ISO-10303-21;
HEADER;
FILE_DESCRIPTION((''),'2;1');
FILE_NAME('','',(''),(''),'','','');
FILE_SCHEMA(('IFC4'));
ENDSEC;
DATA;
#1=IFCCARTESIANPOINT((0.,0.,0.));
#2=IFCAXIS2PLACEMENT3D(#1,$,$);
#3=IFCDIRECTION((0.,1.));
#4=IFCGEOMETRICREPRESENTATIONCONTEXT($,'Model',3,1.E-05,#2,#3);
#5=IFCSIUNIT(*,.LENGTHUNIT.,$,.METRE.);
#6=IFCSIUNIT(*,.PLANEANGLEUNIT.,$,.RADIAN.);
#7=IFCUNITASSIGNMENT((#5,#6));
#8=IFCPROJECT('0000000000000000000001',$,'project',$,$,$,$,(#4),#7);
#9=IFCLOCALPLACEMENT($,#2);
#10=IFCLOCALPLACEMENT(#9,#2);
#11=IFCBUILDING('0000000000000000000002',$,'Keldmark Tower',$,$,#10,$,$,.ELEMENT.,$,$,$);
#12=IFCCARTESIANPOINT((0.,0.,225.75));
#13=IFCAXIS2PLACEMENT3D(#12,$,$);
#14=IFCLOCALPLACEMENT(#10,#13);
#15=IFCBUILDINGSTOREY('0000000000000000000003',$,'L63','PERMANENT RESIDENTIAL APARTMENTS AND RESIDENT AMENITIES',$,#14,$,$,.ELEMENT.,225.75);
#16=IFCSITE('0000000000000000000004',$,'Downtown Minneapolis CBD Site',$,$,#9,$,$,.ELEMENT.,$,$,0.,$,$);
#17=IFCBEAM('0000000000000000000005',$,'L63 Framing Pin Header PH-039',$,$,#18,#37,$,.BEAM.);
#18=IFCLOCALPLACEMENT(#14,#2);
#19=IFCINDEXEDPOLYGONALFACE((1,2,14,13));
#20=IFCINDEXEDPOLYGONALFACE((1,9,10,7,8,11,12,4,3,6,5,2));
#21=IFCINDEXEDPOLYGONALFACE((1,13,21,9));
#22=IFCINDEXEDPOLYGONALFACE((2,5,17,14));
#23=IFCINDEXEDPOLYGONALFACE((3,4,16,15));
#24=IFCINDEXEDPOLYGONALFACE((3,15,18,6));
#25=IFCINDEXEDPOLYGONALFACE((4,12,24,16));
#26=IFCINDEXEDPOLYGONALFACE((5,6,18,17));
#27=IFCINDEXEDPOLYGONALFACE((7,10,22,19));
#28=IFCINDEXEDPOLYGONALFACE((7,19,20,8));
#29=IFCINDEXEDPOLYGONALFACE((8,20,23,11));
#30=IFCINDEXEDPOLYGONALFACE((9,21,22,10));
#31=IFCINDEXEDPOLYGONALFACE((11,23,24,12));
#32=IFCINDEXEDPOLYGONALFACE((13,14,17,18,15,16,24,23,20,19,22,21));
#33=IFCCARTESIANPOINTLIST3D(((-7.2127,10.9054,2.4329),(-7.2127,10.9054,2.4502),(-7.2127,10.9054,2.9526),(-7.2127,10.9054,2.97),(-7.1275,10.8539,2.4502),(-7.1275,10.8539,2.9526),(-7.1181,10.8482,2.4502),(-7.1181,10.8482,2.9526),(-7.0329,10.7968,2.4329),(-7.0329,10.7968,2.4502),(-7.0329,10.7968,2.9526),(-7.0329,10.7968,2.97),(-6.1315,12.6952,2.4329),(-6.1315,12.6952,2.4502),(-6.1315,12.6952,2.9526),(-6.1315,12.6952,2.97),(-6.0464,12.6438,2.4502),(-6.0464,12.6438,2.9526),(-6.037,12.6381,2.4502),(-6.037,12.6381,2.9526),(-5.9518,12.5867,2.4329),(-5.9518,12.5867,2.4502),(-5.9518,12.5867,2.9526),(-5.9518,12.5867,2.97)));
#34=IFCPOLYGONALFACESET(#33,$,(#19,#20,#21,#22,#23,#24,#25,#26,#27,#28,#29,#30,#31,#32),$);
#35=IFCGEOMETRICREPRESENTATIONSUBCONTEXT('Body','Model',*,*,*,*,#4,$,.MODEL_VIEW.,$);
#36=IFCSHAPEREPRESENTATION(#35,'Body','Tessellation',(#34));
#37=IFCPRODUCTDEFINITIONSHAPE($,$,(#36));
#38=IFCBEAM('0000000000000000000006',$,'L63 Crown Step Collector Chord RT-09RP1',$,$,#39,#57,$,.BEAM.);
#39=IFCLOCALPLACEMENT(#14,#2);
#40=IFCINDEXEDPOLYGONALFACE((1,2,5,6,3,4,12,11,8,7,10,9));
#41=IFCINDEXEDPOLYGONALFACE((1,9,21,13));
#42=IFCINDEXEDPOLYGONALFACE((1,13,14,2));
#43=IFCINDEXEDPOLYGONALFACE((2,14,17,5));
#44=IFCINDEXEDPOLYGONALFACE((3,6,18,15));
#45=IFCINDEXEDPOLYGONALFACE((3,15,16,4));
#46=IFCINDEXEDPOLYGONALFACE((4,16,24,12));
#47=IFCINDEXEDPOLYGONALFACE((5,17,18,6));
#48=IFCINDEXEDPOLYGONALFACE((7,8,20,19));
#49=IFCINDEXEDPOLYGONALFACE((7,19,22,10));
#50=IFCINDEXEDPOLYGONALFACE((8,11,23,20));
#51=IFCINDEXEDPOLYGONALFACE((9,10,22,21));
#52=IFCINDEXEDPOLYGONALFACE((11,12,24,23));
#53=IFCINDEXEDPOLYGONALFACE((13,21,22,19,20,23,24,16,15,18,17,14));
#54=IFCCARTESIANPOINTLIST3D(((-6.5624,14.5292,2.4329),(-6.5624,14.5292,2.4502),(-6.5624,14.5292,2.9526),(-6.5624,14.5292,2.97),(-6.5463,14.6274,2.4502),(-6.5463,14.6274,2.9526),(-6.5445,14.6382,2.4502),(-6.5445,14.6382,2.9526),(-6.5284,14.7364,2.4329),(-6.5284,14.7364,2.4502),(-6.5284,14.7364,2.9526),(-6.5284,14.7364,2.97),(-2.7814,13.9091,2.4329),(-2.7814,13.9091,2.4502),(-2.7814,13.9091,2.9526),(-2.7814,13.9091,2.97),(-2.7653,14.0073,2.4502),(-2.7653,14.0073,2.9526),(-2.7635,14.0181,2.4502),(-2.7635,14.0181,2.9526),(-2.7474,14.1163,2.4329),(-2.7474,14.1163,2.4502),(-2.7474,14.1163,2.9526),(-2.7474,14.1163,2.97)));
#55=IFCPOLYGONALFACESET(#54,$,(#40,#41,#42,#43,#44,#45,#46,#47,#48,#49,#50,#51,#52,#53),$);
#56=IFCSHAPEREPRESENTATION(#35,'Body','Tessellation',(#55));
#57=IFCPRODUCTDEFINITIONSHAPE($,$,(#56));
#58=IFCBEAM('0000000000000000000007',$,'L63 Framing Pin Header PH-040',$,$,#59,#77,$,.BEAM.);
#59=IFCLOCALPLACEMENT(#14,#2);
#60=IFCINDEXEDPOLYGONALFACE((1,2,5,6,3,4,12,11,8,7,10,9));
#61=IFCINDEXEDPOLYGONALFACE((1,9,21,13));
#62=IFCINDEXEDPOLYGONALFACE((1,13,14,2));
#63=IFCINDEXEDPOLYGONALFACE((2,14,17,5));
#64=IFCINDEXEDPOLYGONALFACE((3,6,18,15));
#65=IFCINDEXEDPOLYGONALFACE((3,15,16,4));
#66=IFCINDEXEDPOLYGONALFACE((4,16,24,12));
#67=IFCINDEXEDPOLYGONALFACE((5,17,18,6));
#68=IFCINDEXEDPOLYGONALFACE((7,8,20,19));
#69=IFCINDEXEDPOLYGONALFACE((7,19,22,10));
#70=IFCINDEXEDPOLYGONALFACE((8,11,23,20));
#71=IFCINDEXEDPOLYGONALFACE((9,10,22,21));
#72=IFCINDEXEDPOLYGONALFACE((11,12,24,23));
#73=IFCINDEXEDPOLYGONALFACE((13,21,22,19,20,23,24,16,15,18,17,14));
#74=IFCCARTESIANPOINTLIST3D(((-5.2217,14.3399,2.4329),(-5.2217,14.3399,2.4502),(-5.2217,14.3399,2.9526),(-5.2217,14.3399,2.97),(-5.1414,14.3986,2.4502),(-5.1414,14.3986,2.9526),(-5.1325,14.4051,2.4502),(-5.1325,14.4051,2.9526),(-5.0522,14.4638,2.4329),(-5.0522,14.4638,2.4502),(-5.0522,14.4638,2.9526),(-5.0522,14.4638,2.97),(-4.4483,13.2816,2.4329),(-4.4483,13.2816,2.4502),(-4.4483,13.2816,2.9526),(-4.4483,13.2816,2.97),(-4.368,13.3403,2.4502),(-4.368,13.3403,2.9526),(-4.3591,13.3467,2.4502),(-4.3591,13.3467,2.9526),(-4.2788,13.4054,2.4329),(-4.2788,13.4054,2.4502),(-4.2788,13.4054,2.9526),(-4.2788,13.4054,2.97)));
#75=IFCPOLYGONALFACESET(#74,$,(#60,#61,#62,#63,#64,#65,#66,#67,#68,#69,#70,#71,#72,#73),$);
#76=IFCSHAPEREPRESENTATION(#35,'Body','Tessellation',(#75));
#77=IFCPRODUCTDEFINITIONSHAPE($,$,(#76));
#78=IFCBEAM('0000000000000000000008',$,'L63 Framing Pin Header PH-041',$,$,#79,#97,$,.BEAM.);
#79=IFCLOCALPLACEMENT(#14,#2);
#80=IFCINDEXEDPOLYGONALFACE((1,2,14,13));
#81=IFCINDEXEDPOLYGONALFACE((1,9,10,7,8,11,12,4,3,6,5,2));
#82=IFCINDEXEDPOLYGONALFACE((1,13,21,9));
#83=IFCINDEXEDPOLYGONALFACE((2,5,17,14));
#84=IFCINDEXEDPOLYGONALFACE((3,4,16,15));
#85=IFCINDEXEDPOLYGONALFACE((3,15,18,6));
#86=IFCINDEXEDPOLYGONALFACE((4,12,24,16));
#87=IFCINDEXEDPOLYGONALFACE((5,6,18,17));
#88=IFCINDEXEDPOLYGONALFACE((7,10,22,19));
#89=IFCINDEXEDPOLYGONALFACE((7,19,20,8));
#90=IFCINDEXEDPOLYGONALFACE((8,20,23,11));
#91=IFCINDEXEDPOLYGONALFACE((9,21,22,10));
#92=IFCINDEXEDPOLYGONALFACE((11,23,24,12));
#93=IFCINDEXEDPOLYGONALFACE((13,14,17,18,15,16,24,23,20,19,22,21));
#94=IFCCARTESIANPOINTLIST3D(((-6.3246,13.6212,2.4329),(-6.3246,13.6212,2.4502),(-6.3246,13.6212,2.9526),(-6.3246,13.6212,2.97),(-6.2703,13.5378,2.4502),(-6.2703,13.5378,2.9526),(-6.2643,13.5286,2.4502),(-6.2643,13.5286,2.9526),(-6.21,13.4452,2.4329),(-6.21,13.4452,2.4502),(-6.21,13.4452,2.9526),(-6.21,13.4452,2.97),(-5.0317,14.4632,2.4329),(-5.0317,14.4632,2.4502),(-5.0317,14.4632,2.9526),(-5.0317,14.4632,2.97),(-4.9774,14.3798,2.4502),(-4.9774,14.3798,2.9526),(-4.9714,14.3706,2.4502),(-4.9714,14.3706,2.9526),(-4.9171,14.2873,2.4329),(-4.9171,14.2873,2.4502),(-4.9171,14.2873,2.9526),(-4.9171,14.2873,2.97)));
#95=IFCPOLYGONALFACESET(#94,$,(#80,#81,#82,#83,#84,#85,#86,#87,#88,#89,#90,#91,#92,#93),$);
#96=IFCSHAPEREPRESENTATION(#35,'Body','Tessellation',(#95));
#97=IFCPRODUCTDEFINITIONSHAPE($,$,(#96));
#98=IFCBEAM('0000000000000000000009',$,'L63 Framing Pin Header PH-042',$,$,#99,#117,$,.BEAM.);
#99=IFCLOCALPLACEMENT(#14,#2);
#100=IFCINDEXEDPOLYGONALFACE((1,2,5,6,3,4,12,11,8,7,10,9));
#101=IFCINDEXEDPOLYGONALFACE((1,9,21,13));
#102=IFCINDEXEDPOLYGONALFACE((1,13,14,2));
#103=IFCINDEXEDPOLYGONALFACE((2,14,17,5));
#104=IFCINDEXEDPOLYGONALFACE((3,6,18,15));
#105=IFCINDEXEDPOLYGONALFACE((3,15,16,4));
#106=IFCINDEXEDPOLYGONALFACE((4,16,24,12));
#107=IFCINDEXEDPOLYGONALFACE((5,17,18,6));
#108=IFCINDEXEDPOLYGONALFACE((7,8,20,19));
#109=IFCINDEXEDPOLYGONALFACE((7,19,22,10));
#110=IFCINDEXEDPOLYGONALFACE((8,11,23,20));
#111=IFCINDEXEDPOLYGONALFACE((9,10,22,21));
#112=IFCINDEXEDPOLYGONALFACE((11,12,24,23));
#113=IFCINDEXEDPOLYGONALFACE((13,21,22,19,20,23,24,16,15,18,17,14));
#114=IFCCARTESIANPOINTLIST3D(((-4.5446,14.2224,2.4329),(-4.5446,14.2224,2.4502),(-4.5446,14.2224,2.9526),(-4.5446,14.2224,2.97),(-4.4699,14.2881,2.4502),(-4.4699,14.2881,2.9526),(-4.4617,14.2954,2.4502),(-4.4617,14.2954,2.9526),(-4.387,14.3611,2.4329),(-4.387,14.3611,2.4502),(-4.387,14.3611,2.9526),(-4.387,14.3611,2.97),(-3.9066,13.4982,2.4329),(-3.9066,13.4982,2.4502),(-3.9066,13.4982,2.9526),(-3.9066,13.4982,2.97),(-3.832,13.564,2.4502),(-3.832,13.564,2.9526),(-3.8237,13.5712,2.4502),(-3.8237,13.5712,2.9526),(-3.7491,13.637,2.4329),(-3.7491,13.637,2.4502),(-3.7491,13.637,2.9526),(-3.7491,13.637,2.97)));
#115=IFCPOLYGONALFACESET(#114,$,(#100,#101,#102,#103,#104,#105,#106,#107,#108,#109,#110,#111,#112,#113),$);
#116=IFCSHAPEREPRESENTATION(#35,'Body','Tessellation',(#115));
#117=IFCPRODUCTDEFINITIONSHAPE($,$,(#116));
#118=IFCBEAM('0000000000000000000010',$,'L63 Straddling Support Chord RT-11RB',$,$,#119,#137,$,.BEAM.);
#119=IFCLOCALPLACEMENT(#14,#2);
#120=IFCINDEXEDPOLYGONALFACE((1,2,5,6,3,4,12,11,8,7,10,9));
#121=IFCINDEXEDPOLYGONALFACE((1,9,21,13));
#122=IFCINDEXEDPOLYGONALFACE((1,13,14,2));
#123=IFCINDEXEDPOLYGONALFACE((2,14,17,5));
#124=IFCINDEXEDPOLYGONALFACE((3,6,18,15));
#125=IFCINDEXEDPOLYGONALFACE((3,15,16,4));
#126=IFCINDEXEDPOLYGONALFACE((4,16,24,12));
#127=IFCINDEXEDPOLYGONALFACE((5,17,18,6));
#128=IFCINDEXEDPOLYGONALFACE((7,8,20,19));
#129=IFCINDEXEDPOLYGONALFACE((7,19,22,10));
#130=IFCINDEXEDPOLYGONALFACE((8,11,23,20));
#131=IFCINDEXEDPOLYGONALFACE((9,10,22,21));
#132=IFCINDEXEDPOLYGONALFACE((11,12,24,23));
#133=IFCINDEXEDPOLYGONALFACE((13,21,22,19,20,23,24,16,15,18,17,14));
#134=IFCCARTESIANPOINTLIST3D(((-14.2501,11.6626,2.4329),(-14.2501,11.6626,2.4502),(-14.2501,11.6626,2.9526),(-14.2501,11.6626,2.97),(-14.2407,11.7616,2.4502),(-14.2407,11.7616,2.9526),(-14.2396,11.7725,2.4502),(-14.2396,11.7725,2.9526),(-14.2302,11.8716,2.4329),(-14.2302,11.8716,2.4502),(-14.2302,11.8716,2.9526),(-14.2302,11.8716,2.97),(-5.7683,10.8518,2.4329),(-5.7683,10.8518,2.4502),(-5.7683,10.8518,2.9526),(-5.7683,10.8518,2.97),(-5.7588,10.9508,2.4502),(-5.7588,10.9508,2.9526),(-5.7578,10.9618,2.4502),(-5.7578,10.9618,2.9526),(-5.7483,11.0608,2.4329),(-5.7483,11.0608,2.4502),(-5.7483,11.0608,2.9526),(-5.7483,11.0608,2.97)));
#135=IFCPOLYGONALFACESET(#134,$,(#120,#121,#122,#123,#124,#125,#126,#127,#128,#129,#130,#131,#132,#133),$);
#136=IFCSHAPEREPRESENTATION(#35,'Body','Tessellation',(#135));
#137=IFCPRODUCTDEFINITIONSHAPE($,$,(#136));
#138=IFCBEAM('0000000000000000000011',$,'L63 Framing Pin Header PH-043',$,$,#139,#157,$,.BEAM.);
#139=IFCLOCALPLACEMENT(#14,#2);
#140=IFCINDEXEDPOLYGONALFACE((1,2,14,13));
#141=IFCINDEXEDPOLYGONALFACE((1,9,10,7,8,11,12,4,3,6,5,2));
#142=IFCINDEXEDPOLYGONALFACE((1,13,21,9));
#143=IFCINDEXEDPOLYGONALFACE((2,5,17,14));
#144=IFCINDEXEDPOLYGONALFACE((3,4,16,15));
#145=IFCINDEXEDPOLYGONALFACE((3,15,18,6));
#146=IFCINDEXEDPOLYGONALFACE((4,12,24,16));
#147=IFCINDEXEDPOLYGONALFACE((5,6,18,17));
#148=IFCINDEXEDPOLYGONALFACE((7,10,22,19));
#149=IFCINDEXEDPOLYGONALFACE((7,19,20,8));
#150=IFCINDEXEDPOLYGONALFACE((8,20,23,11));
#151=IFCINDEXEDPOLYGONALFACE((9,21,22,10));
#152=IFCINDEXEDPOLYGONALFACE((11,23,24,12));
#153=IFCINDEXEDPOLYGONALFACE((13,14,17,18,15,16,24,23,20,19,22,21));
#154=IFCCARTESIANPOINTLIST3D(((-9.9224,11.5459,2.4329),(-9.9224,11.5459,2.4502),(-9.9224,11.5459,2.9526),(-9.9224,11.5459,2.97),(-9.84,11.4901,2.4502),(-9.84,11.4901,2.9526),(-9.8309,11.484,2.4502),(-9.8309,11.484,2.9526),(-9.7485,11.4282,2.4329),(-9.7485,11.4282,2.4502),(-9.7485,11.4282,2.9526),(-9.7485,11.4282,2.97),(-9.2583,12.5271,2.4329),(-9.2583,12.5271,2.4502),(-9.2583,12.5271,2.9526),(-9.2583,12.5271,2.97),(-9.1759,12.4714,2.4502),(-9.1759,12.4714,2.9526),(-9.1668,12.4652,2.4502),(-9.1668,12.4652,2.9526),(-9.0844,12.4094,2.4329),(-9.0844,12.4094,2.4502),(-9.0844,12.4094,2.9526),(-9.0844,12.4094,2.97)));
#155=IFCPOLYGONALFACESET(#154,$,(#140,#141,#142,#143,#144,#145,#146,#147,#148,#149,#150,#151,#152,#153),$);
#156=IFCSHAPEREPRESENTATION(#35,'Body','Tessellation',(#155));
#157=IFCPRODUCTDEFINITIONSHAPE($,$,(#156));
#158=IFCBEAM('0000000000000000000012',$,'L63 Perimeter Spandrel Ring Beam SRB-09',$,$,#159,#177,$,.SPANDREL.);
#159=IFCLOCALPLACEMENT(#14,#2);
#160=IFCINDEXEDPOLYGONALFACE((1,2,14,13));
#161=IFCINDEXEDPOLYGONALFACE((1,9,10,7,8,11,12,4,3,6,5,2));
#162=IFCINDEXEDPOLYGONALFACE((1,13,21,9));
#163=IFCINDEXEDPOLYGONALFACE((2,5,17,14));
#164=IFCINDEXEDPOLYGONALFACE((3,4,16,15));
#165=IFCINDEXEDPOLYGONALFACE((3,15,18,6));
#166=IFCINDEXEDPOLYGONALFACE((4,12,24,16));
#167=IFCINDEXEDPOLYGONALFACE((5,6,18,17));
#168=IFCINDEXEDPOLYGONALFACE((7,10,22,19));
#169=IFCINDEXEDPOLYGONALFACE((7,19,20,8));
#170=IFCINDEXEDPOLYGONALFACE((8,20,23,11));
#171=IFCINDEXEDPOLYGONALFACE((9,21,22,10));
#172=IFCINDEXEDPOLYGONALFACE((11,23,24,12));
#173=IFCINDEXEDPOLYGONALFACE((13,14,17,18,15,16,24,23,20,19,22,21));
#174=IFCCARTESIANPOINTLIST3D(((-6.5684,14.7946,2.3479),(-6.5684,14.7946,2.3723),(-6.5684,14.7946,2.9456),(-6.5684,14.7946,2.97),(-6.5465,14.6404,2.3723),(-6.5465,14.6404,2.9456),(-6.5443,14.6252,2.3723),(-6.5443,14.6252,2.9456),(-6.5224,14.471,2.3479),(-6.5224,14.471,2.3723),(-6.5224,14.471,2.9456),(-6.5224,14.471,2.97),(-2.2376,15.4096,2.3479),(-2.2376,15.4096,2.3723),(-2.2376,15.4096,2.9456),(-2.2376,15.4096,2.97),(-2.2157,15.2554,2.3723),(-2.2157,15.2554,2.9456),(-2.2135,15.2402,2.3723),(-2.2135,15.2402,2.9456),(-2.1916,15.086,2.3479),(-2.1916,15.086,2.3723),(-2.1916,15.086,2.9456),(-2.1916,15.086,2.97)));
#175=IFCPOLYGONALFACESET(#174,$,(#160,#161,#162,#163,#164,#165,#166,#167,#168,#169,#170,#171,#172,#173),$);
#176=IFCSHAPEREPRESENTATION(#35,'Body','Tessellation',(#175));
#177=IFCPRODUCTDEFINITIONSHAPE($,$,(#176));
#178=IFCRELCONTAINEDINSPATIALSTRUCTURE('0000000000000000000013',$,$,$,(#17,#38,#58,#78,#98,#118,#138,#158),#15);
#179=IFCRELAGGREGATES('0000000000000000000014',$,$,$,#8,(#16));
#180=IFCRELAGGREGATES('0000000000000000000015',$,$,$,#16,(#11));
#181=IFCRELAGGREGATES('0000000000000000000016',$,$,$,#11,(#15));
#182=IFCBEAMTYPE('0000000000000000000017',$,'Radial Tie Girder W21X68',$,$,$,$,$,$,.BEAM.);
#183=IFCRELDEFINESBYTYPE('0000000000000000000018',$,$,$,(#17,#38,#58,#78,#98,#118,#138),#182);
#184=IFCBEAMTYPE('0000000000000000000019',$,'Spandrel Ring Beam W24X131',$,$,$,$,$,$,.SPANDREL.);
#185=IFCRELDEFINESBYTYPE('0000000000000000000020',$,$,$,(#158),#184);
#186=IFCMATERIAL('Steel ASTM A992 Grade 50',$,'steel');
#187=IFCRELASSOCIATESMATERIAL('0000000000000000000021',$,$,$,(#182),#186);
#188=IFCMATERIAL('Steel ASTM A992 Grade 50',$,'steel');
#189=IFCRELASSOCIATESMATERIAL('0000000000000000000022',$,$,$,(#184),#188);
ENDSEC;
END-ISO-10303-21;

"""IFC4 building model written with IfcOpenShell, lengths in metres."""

from ifc_helpers import new_model, si_unit, direction, frame, origin, origin_2d, place, context, subcontext, project, spatial, i_section, extrude, material, material_profile, profile_set, type_object, element, save


model = new_model("IFC4")

# Units and contexts
model_context = context("Model", 3, precision=1e-05, world=origin(), true_north=direction((0.0, 1.0)))
body_context = subcontext(model_context, "Body", "Model", "MODEL_VIEW")
ifc_project = project(units=[si_unit("LENGTHUNIT", "METRE"), si_unit("PLANEANGLEUNIT", "RADIAN")], contexts=[model_context])

# Site, building, storey
site_placement = place(None, origin())
site = spatial("IfcSite", under=ifc_project, at=site_placement, Name="Downtown Minneapolis CBD Site", CompositionType="ELEMENT", RefElevation=0.0)
building_placement = place(site_placement, origin())
building = spatial("IfcBuilding", under=site, at=building_placement, Name="Keldmark Tower", CompositionType="ELEMENT")
storey_placement = place(building_placement, frame((0.0, 0.0, 225.75)))
storey = spatial("IfcBuildingStorey", under=building, at=storey_placement, Name="L63", Description="PERMANENT RESIDENTIAL APARTMENTS AND RESIDENT AMENITIES", CompositionType="ELEMENT", Elevation=225.75)

# Beams
ifc_material_1 = material(Name="Steel ASTM A992 Grade 50", Category="steel")
ifc_material_profile_1 = material_profile(ifc_material_1, i_section(OverallWidth=0.21, OverallDepth=0.5371, WebThickness=0.011, FlangeThickness=0.0173, at=origin_2d()), Name="W21X68")
ifc_profile_set_1 = profile_set([ifc_material_profile_1], Name="Steel ASTM A992 Grade 50")
beam_type_1 = type_object("IfcBeamType", Name="Radial Tie Girder W21X68", PredefinedType="BEAM", material=ifc_profile_set_1)
beam_1_placement = place(storey_placement, frame((-7.1228, 10.8511, 2.7014), z_axis=(0.517018, 0.855975, 0.0), x_axis=(-0.855975, 0.517018, 0.0)))
element("IfcBeam", 1, at=beam_1_placement, inside=storey, type_object=beam_type_1, Name="L63 Framing Pin Header PH-039", PredefinedType="BEAM", context=body_context, shape_type="SweptSolid", body=[
    extrude(i_section(OverallWidth=0.21, OverallDepth=0.5371, WebThickness=0.011, FlangeThickness=0.0173, at=origin_2d()), origin(), (0.0, 0.0, 1.0), 2.0911),
])
beam_2_placement = place(storey_placement, frame((-2.7644, 14.0127, 2.7014), z_axis=(-0.986816, 0.161846, 0.0), x_axis=(-0.161846, -0.986816, 0.0)))
element("IfcBeam", 2, at=beam_2_placement, inside=storey, type_object=beam_type_1, Name="L63 Crown Step Collector Chord RT-09RP1", PredefinedType="BEAM", context=body_context, shape_type="SweptSolid", body=[
    extrude(i_section(OverallWidth=0.21, OverallDepth=0.5371, WebThickness=0.011, FlangeThickness=0.0173, at=origin_2d()), origin(), (0.0, 0.0, 1.0), 3.8315),
])
beam_3_placement = place(storey_placement, frame((-4.3635, 13.3435, 2.7014), z_axis=(-0.590031, 0.807381, 0.0), x_axis=(-0.807381, -0.590031, 0.0)))
element("IfcBeam", 3, at=beam_3_placement, inside=storey, type_object=beam_type_1, Name="L63 Framing Pin Header PH-040", PredefinedType="BEAM", context=body_context, shape_type="SweptSolid", body=[
    extrude(i_section(OverallWidth=0.21, OverallDepth=0.5371, WebThickness=0.011, FlangeThickness=0.0173, at=origin_2d()), origin(), (0.0, 0.0, 1.0), 1.3108),
])
beam_4_placement = place(storey_placement, frame((-6.2673, 13.5332, 2.7014), z_axis=(0.837966, 0.545722, 0.0), x_axis=(-0.545722, 0.837966, 0.0)))
element("IfcBeam", 4, at=beam_4_placement, inside=storey, type_object=beam_type_1, Name="L63 Framing Pin Header PH-041", PredefinedType="BEAM", context=body_context, shape_type="SweptSolid", body=[
    extrude(i_section(OverallWidth=0.21, OverallDepth=0.5371, WebThickness=0.011, FlangeThickness=0.0173, at=origin_2d()), origin(), (0.0, 0.0, 1.0), 1.543),
])
beam_5_placement = place(storey_placement, frame((-4.4658, 14.2917, 2.7014), z_axis=(0.661044, -0.750347, 0.0), x_axis=(0.750347, 0.661044, 0.0)))
element("IfcBeam", 5, at=beam_5_placement, inside=storey, type_object=beam_type_1, Name="L63 Framing Pin Header PH-042", PredefinedType="BEAM", context=body_context, shape_type="SweptSolid", body=[
    extrude(i_section(OverallWidth=0.21, OverallDepth=0.5371, WebThickness=0.011, FlangeThickness=0.0173, at=origin_2d()), origin(), (0.0, 0.0, 1.0), 0.9651),
])
beam_6_placement = place(storey_placement, frame((-5.7583, 10.9563, 2.7014), z_axis=(-0.995462, 0.095157, 0.0), x_axis=(-0.095157, -0.995462, 0.0)))
element("IfcBeam", 6, at=beam_6_placement, inside=storey, type_object=beam_type_1, Name="L63 Straddling Support Chord RT-11RB", PredefinedType="BEAM", context=body_context, shape_type="SweptSolid", body=[
    extrude(i_section(OverallWidth=0.21, OverallDepth=0.5371, WebThickness=0.011, FlangeThickness=0.0173, at=origin_2d()), origin(), (0.0, 0.0, 1.0), 8.5205),
])
beam_7_placement = place(storey_placement, frame((-9.8354, 11.4871, 2.7014), z_axis=(0.560488, 0.828162, 0.0), x_axis=(-0.828162, 0.560488, 0.0)))
element("IfcBeam", 7, at=beam_7_placement, inside=storey, type_object=beam_type_1, Name="L63 Framing Pin Header PH-043", PredefinedType="BEAM", context=body_context, shape_type="SweptSolid", body=[
    extrude(i_section(OverallWidth=0.21, OverallDepth=0.5371, WebThickness=0.011, FlangeThickness=0.0173, at=origin_2d()), origin(), (0.0, 0.0, 1.0), 1.1848),
])
ifc_material_2 = material(Name="Steel ASTM A992 Grade 50", Category="steel")
ifc_material_profile_2 = material_profile(ifc_material_2, i_section(OverallWidth=0.3269, OverallDepth=0.6221, WebThickness=0.0154, FlangeThickness=0.0244, at=origin_2d()), Name="W24X131")
ifc_profile_set_2 = profile_set([ifc_material_profile_2], Name="Steel ASTM A992 Grade 50")
beam_type_2 = type_object("IfcBeamType", Name="Spandrel Ring Beam W24X131", PredefinedType="SPANDREL", material=ifc_profile_set_2)
beam_8_placement = place(storey_placement, frame((-2.2146, 15.2478, 2.6589), z_axis=(-0.990067, -0.140593, 0.0), x_axis=(0.140593, -0.990067, 0.0)))
element("IfcBeam", 8, at=beam_8_placement, inside=storey, type_object=beam_type_2, Name="L63 Perimeter Spandrel Ring Beam SRB-09", PredefinedType="SPANDREL", context=body_context, shape_type="SweptSolid", body=[
    extrude(i_section(OverallWidth=0.3269, OverallDepth=0.6221, WebThickness=0.0154, FlangeThickness=0.0244, at=origin_2d()), origin(), (0.0, 0.0, 1.0), 4.3743),
])

save(model, "model.ifc")
